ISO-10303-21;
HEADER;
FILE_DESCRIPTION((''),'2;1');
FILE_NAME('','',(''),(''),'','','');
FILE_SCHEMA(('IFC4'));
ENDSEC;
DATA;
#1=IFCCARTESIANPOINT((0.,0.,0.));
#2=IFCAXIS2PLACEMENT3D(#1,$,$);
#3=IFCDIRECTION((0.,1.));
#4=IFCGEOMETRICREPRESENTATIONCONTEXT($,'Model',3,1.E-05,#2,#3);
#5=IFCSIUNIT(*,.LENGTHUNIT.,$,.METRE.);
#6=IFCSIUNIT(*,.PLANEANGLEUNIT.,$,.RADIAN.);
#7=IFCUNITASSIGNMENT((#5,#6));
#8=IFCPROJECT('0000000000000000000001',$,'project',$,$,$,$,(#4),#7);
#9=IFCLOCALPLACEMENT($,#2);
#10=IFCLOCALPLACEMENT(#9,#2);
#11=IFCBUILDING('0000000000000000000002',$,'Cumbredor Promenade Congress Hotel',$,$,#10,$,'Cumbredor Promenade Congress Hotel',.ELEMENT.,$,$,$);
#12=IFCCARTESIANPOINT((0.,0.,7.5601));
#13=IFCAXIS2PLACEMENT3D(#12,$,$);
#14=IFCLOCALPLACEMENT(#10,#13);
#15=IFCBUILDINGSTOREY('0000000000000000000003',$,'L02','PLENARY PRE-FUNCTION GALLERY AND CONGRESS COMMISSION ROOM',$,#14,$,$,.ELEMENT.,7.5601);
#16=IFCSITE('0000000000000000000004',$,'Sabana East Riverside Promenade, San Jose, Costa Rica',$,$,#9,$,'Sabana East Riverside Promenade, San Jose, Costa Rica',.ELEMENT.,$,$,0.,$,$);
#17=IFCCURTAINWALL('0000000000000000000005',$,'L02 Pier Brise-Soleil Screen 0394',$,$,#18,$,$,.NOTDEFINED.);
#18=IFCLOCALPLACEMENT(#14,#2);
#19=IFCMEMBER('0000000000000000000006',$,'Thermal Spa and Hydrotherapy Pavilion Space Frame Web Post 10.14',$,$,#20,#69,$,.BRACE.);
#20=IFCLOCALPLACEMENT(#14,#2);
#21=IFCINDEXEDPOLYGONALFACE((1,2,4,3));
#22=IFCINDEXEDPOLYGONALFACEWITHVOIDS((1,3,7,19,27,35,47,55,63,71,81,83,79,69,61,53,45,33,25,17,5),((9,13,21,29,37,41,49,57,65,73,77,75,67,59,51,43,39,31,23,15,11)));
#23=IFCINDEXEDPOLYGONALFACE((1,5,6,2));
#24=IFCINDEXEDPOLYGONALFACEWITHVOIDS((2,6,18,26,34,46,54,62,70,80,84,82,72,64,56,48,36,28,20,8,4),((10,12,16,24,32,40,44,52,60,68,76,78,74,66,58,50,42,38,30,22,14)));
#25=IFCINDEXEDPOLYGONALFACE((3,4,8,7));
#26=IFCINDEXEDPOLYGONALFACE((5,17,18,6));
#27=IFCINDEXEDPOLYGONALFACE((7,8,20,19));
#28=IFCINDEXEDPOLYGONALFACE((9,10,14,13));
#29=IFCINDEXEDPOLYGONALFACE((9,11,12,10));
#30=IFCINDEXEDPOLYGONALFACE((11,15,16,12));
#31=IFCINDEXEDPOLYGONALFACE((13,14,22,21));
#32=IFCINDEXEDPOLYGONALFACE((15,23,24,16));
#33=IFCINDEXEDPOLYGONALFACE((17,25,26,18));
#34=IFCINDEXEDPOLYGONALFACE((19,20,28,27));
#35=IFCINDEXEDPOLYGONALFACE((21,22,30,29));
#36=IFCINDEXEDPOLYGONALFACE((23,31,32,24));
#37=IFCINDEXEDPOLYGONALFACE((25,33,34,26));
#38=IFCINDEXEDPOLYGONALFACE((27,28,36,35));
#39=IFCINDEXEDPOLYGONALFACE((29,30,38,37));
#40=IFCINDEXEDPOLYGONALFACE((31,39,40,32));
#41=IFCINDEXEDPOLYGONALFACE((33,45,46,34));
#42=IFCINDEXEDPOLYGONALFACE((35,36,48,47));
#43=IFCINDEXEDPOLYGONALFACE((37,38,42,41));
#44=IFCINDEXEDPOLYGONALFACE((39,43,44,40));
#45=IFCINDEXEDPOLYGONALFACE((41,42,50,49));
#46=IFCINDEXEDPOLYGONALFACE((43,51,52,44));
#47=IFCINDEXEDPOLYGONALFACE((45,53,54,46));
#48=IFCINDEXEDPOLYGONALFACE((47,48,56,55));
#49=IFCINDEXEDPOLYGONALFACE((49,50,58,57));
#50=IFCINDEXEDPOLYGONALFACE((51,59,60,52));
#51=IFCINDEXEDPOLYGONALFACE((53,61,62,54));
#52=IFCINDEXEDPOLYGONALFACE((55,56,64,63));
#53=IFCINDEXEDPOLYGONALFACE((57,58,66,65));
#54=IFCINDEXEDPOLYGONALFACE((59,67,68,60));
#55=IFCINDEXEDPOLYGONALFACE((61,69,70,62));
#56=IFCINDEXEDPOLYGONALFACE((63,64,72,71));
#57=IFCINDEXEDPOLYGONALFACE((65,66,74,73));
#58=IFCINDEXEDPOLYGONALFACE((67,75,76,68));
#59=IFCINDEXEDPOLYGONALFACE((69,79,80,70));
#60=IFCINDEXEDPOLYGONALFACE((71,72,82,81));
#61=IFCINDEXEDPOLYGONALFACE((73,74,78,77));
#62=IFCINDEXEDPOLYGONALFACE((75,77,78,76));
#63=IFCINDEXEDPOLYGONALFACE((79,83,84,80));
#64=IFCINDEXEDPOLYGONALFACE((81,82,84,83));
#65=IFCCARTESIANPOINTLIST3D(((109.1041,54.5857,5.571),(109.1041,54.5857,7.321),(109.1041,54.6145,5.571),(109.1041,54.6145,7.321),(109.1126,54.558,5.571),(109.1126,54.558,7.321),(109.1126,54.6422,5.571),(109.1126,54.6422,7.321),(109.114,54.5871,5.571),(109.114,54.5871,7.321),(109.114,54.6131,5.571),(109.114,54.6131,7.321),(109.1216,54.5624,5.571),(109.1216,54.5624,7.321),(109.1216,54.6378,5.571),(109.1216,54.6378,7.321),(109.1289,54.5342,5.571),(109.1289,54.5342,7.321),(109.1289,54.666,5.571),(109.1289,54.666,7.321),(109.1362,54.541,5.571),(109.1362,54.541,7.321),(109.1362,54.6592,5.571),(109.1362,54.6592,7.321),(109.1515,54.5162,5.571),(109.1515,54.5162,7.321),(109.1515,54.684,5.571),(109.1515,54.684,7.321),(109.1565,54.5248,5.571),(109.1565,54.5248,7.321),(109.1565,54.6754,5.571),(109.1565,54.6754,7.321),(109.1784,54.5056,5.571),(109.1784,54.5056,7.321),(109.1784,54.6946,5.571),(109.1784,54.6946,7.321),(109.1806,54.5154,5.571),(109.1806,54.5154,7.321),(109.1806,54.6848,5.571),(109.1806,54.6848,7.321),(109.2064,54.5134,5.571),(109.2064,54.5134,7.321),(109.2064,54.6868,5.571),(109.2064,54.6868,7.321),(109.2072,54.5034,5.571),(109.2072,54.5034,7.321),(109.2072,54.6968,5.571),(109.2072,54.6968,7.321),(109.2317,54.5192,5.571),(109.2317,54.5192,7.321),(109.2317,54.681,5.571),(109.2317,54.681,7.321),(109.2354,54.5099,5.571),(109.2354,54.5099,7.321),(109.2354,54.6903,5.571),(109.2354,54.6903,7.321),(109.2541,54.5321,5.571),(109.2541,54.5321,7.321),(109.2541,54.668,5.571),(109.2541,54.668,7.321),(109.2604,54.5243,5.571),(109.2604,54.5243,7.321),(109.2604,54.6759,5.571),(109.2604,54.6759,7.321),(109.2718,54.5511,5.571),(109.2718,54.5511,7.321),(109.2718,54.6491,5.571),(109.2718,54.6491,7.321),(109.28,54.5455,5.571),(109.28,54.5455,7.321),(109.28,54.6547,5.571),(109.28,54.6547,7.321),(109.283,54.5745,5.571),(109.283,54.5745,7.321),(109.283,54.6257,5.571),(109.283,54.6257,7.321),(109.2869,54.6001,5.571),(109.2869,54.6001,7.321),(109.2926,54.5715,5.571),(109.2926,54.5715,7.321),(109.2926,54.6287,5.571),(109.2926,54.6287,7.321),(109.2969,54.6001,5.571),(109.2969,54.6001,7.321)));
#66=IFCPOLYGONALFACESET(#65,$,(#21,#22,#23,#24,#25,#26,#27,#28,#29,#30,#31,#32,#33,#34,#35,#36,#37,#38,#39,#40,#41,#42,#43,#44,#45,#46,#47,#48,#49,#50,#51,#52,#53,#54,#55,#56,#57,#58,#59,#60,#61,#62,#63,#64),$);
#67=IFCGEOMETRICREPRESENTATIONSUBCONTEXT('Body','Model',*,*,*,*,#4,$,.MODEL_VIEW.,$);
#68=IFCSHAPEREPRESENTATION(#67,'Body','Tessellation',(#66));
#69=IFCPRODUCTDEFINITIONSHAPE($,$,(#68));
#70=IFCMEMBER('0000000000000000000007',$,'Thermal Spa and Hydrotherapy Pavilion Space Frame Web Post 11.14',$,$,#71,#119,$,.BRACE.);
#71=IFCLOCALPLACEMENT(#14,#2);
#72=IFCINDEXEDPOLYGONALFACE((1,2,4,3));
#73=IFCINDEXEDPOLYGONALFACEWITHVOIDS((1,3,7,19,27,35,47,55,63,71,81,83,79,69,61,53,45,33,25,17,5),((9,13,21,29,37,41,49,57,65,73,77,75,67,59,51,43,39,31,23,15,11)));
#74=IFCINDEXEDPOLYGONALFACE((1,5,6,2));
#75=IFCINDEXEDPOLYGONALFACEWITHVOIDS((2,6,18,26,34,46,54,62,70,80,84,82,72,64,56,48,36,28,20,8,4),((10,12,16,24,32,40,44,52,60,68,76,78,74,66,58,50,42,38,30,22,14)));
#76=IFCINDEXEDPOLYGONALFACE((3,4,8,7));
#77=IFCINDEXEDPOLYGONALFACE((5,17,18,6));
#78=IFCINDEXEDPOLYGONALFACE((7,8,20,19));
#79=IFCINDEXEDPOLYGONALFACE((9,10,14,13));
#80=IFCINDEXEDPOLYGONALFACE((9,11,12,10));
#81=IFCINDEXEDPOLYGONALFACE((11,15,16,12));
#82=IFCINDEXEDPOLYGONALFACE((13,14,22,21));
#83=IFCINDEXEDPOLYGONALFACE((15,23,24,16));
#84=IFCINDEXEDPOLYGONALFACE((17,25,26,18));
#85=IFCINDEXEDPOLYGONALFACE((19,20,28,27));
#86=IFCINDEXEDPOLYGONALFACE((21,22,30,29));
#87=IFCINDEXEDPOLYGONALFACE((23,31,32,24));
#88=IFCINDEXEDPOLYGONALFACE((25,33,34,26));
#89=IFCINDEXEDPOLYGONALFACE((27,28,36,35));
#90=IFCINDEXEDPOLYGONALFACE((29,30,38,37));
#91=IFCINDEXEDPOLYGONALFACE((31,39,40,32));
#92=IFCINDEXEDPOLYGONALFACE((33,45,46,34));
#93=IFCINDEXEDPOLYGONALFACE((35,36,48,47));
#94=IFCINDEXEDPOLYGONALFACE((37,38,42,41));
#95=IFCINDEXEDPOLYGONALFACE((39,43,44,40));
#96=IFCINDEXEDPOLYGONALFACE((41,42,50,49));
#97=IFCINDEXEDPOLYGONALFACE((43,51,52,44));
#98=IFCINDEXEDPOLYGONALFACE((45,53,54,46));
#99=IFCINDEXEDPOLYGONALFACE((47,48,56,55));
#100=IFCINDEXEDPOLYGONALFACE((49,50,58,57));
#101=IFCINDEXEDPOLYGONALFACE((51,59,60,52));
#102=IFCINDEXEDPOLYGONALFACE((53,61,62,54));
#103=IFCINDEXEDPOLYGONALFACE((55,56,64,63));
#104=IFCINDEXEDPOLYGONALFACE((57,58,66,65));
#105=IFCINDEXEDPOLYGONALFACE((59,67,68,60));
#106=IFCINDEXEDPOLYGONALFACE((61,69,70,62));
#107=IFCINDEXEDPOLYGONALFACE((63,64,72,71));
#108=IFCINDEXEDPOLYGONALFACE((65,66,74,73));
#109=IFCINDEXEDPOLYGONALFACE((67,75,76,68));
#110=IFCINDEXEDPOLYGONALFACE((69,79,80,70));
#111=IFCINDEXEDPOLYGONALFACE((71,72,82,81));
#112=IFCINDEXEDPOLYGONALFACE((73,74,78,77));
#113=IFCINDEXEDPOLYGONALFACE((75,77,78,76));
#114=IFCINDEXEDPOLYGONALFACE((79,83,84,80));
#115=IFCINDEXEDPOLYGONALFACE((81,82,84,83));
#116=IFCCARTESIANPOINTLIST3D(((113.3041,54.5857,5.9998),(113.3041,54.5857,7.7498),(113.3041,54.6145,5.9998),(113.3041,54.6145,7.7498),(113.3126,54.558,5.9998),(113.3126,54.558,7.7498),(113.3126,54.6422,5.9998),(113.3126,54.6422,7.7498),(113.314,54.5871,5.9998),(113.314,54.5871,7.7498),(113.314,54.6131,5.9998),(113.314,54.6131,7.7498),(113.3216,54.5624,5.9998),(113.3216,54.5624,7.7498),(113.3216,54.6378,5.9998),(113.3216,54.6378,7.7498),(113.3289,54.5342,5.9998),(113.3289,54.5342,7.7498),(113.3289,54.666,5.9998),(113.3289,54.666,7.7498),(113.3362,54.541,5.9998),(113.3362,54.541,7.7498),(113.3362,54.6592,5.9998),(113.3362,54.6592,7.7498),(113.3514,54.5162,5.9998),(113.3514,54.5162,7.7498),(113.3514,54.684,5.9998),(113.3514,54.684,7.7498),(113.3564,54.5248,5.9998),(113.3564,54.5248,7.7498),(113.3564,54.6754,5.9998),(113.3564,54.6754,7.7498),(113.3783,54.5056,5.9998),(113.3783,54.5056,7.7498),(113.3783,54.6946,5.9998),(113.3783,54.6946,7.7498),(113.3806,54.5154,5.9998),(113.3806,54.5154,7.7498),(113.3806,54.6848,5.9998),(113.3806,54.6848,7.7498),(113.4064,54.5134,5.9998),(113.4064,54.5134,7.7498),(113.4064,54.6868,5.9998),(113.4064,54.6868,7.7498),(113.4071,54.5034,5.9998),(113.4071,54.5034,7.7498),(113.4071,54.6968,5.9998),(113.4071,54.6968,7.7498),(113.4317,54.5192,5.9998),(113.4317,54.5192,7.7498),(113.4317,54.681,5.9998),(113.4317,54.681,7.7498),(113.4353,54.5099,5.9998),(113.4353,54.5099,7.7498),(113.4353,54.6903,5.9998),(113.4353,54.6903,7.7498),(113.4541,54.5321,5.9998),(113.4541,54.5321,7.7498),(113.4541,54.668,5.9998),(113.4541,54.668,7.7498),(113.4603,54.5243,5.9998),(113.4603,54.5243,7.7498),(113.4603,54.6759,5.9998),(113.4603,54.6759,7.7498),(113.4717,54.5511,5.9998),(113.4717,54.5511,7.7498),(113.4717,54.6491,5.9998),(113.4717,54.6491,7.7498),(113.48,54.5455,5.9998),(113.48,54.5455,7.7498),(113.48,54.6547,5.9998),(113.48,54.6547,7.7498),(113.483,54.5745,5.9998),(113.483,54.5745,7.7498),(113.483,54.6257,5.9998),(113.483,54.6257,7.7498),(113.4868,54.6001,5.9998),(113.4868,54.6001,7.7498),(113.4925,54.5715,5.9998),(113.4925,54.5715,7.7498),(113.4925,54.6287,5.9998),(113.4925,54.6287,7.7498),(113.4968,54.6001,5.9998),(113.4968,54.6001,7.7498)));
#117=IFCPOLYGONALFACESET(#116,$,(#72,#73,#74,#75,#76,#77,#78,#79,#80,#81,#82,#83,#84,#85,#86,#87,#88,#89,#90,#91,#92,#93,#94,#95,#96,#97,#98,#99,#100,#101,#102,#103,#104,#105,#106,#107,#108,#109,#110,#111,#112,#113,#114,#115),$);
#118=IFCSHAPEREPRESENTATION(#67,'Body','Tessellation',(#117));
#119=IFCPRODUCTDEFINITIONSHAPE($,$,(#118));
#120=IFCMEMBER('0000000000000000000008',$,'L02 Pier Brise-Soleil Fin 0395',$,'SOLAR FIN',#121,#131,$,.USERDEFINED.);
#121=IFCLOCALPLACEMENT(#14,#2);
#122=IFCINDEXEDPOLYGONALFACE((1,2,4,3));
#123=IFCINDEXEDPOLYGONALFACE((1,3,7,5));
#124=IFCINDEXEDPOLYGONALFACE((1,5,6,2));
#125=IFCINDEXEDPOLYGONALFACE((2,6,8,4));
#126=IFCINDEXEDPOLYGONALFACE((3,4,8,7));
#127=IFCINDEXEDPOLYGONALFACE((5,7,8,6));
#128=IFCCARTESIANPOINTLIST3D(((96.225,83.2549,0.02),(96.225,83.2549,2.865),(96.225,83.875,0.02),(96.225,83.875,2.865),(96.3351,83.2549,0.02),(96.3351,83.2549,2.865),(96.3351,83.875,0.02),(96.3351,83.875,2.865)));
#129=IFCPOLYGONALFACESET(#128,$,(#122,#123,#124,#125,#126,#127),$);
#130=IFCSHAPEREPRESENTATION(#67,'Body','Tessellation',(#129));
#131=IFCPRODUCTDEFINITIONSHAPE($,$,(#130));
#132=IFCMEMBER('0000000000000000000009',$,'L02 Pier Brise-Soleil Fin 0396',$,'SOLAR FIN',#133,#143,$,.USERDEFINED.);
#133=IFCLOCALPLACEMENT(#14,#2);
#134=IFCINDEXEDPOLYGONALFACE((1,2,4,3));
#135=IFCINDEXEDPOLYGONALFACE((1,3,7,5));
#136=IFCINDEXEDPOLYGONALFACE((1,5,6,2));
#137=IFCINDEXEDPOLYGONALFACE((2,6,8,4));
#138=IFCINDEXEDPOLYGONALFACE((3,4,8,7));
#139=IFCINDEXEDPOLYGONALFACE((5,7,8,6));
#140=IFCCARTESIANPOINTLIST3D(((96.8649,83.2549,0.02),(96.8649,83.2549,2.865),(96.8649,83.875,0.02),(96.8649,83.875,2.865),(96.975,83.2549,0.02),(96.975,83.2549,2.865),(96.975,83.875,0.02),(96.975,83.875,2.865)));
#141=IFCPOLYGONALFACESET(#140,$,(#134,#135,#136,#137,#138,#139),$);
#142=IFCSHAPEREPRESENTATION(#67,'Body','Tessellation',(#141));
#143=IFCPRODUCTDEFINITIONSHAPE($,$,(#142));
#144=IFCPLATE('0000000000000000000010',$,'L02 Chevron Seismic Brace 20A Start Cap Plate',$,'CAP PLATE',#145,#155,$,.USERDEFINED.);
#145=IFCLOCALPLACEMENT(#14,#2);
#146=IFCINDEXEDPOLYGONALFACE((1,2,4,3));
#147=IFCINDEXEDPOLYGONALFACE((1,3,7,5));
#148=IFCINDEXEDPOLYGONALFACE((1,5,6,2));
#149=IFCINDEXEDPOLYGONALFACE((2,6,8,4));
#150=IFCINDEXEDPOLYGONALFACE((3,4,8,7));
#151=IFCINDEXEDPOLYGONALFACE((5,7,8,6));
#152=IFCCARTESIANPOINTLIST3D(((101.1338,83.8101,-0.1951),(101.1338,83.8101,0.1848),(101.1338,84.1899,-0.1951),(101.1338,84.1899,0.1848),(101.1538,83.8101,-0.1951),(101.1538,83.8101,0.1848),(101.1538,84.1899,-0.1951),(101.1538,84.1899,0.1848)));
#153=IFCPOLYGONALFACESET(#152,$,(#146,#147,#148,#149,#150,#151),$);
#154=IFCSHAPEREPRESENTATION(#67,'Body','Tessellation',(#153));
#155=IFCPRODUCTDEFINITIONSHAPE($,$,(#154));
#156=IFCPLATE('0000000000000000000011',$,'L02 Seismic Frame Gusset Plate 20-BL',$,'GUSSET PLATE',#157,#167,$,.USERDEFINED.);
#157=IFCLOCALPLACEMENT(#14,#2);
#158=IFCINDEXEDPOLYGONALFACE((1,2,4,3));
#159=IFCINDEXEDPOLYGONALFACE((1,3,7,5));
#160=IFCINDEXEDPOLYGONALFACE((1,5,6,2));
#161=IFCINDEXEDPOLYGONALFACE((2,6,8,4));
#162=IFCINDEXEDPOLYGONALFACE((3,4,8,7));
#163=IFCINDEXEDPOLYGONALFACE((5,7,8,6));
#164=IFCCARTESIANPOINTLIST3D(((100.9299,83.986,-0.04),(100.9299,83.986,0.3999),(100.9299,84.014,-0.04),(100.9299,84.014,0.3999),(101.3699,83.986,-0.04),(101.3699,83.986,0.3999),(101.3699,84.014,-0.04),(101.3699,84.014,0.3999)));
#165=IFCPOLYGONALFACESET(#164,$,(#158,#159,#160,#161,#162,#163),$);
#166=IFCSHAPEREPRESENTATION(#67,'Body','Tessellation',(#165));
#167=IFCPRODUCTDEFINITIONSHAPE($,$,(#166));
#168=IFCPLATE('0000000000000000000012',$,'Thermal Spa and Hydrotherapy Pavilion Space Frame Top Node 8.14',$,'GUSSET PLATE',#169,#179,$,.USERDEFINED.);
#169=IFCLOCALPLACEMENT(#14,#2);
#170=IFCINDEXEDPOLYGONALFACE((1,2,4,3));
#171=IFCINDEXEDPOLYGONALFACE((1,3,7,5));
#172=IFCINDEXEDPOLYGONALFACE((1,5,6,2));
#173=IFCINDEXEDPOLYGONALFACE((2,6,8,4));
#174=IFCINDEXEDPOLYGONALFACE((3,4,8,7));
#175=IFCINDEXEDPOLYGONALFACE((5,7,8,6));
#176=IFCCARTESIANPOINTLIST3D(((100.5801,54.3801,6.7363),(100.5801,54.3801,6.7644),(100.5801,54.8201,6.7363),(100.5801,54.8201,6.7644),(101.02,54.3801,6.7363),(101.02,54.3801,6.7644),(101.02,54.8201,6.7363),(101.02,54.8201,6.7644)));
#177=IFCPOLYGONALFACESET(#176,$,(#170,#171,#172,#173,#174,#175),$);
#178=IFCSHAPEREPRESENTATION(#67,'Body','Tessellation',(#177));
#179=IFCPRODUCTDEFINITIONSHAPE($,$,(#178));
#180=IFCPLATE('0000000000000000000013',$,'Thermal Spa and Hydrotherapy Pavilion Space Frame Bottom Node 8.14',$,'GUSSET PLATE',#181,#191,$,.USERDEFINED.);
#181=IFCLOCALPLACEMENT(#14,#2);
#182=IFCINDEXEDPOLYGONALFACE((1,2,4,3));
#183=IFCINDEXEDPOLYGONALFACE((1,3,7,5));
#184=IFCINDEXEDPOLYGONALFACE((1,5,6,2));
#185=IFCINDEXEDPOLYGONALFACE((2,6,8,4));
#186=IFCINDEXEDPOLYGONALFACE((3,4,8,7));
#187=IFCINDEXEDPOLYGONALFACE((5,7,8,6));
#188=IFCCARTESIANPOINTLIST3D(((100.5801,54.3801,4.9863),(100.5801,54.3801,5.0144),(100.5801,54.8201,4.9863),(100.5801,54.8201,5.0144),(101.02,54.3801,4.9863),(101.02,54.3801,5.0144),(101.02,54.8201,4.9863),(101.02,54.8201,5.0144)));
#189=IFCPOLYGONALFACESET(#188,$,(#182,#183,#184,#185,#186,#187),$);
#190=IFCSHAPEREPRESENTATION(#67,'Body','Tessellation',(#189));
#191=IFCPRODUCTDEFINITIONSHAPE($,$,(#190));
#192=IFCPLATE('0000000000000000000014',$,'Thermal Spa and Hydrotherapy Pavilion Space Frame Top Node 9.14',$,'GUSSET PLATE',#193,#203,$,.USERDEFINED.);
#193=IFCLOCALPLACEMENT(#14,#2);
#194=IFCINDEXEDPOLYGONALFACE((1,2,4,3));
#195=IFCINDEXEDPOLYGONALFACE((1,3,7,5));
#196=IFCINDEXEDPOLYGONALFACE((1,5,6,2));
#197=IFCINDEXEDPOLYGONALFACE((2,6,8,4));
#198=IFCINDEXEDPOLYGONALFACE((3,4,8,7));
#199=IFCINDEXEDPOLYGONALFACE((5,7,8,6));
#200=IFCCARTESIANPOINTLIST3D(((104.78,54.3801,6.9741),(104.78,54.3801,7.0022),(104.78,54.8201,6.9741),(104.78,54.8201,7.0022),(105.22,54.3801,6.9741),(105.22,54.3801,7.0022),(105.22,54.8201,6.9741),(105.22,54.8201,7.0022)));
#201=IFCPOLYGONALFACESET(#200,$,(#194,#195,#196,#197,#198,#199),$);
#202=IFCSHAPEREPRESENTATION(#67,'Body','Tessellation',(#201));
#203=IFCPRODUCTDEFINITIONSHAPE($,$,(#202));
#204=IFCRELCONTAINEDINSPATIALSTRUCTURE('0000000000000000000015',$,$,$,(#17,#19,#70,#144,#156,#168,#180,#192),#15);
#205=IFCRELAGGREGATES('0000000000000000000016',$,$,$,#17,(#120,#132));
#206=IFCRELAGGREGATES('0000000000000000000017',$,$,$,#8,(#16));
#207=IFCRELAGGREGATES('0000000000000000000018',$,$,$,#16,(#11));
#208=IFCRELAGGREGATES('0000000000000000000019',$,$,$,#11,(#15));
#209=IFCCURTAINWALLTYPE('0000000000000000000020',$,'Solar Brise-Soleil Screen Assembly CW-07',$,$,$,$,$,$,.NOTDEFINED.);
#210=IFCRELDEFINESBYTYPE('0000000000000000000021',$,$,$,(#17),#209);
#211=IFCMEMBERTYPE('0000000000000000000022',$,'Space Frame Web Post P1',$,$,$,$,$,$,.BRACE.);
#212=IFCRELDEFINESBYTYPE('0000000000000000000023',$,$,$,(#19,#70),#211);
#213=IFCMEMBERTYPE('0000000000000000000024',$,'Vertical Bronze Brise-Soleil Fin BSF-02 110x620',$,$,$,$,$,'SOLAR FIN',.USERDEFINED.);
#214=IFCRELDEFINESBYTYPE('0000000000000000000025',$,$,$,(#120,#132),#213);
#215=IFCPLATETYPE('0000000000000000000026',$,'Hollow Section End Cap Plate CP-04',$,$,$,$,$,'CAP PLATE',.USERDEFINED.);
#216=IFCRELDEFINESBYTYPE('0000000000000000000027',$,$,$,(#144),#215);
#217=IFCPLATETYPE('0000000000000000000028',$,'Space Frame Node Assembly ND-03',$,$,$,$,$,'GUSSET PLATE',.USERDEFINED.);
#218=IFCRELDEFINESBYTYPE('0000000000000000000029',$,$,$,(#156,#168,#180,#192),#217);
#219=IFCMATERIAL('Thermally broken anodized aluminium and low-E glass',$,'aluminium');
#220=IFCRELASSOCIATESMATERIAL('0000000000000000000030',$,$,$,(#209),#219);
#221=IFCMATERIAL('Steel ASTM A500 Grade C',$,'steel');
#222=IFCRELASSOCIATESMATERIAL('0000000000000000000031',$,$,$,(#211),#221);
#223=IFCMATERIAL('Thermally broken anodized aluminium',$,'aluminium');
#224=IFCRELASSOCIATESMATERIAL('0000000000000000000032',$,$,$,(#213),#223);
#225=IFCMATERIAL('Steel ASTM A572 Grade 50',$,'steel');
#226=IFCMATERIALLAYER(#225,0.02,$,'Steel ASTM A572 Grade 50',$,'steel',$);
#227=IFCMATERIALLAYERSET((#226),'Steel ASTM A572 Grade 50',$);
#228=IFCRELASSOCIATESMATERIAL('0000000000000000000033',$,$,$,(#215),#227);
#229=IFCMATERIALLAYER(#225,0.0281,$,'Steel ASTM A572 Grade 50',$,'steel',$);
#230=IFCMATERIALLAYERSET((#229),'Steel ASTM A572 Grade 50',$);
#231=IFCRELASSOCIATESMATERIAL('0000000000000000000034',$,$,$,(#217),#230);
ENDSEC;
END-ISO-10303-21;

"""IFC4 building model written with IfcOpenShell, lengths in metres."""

from ifc_helpers import new_model, si_unit, direction, frame, origin, origin_2d, place, context, subcontext, project, spatial, rectangle, hollow_circle, extrude, material, layer, layer_set, material_profile, profile_set, type_object, element, aggregate, save


model = new_model("IFC4")

# Units and contexts
model_context = context("Model", 3, precision=1e-05, world=origin(), true_north=direction((0.0, 1.0)))
body_context = subcontext(model_context, "Body", "Model", "MODEL_VIEW")
ifc_project = project(units=[si_unit("LENGTHUNIT", "METRE"), si_unit("PLANEANGLEUNIT", "RADIAN")], contexts=[model_context])

# Site, building, storey
site_placement = place(None, origin())
site = spatial("IfcSite", under=ifc_project, at=site_placement, Name="Sabana East Riverside Promenade, San Jose, Costa Rica", LongName="Sabana East Riverside Promenade, San Jose, Costa Rica", CompositionType="ELEMENT", RefElevation=0.0)
building_placement = place(site_placement, origin())
building = spatial("IfcBuilding", under=site, at=building_placement, Name="Cumbredor Promenade Congress Hotel", LongName="Cumbredor Promenade Congress Hotel", CompositionType="ELEMENT")
storey_placement = place(building_placement, frame((0.0, 0.0, 7.5601)))
storey = spatial("IfcBuildingStorey", under=building, at=storey_placement, Name="L02", Description="PLENARY PRE-FUNCTION GALLERY AND CONGRESS COMMISSION ROOM", CompositionType="ELEMENT", Elevation=7.5601)

# Curtain wall
ifc_material_1 = material(Name="Thermally broken anodized aluminium and low-E glass", Category="aluminium")
curtain_wall_type = type_object("IfcCurtainWallType", Name="Solar Brise-Soleil Screen Assembly CW-07", PredefinedType="NOTDEFINED", material=ifc_material_1)
curtain_wall_placement = place(storey_placement, origin())
curtain_wall = element("IfcCurtainWall", 1, at=curtain_wall_placement, inside=storey, type_object=curtain_wall_type, Name="L02 Pier Brise-Soleil Screen 0394", PredefinedType="NOTDEFINED")
ifc_material_2 = material(Name="Thermally broken anodized aluminium", Category="aluminium")

# Members
ifc_material_3 = material(Name="Steel ASTM A500 Grade C", Category="steel")
ifc_material_profile_1 = material_profile(ifc_material_3, hollow_circle(Radius=0.0969, WallThickness=0.01, at=origin_2d()), Name="CHS 193.7x10")
ifc_profile_set_1 = profile_set([ifc_material_profile_1], Name="Steel ASTM A500 Grade C")
member_type_1 = type_object("IfcMemberType", Name="Space Frame Web Post P1", PredefinedType="BRACE", material=ifc_profile_set_1)
for number, where, z_axis, x_axis, name in (
    (2, (109.2, 54.6001, 5.571), (0.0, 0.0, 1.0), (1.0, 0.0, 0.0), "Thermal Spa and Hydrotherapy Pavilion Space Frame Web Post 10.14"),
    (3, (113.3999, 54.6001, 5.9998), (0.0, 0.0, 1.0), (1.0, 0.0, 0.0), "Thermal Spa and Hydrotherapy Pavilion Space Frame Web Post 11.14"),
):
    element("IfcMember", number, at=place(storey_placement, frame(where, z_axis=z_axis, x_axis=x_axis)), inside=storey, type_object=member_type_1, Name=name, PredefinedType="BRACE", context=body_context, shape_type="SweptSolid", body=[
        extrude(hollow_circle(Radius=0.0969, WallThickness=0.01, at=origin_2d()), origin(), (0.0, 0.0, 1.0), 1.75),
    ])

# Members
ifc_material_profile_2 = material_profile(ifc_material_2, rectangle(XDim=0.1101, YDim=0.6201, at=origin_2d()), Name="ARCH FIN 110x620")
ifc_profile_set_2 = profile_set([ifc_material_profile_2], Name="Thermally broken anodized aluminium")
member_type_2 = type_object("IfcMemberType", Name="Vertical Bronze Brise-Soleil Fin BSF-02 110x620", ElementType="SOLAR FIN", PredefinedType="USERDEFINED", material=ifc_profile_set_2)
member_1_placement = place(storey_placement, frame((96.28, 83.5649, 0.02), z_axis=(0.0, 0.0, 1.0), x_axis=(1.0, 0.0, 0.0)))
member_1 = element("IfcMember", 4, at=member_1_placement, type_object=member_type_2, Name="L02 Pier Brise-Soleil Fin 0395", ObjectType="SOLAR FIN", PredefinedType="USERDEFINED", context=body_context, shape_type="SweptSolid", body=[
    extrude(rectangle(XDim=0.1101, YDim=0.6201, at=origin_2d()), origin(), (0.0, 0.0, 1.0), 2.845),
])
member_2_placement = place(storey_placement, frame((96.9199, 83.5649, 0.02), z_axis=(0.0, 0.0, 1.0), x_axis=(1.0, 0.0, 0.0)))
member_2 = element("IfcMember", 5, at=member_2_placement, type_object=member_type_2, Name="L02 Pier Brise-Soleil Fin 0396", ObjectType="SOLAR FIN", PredefinedType="USERDEFINED", context=body_context, shape_type="SweptSolid", body=[
    extrude(rectangle(XDim=0.1101, YDim=0.6201, at=origin_2d()), origin(), (0.0, 0.0, 1.0), 2.845),
])
aggregate(curtain_wall, [member_1, member_2])

# Plates
ifc_material_4 = material(Name="Steel ASTM A572 Grade 50", Category="steel")
ifc_layer_1 = layer(ifc_material_4, 0.02, Name="Steel ASTM A572 Grade 50", Category="steel")
ifc_layer_set_1 = layer_set([ifc_layer_1], Name="Steel ASTM A572 Grade 50")
plate_type_1 = type_object("IfcPlateType", Name="Hollow Section End Cap Plate CP-04", ElementType="CAP PLATE", PredefinedType="USERDEFINED", material=ifc_layer_set_1)
plate_1_placement = place(storey_placement, frame((101.1438, 84.0, -0.1951), z_axis=(0.0, 0.0, 1.0), x_axis=(1.0, 0.0, 0.0)))
element("IfcPlate", 6, at=plate_1_placement, inside=storey, type_object=plate_type_1, Name="L02 Chevron Seismic Brace 20A Start Cap Plate", ObjectType="CAP PLATE", PredefinedType="USERDEFINED", context=body_context, shape_type="SweptSolid", body=[
    extrude(rectangle(XDim=0.02, YDim=0.3799, at=origin_2d()), origin(), (0.0, 0.0, 1.0), 0.3799),
])
ifc_layer_2 = layer(ifc_material_4, 0.0281, Name="Steel ASTM A572 Grade 50", Category="steel")
ifc_layer_set_2 = layer_set([ifc_layer_2], Name="Steel ASTM A572 Grade 50")
plate_type_2 = type_object("IfcPlateType", Name="Space Frame Node Assembly ND-03", ElementType="GUSSET PLATE", PredefinedType="USERDEFINED", material=ifc_layer_set_2)
plate_2_placement = place(storey_placement, frame((101.1499, 84.0, -0.04), z_axis=(0.0, 0.0, 1.0), x_axis=(1.0, 0.0, 0.0)))
element("IfcPlate", 7, at=plate_2_placement, inside=storey, type_object=plate_type_2, Name="L02 Seismic Frame Gusset Plate 20-BL", ObjectType="GUSSET PLATE", PredefinedType="USERDEFINED", context=body_context, shape_type="SweptSolid", body=[
    extrude(rectangle(XDim=0.4399, YDim=0.0281, at=origin_2d()), origin(), (0.0, 0.0, 1.0), 0.4399),
])
for number, where, z_axis, x_axis, name in (
    (8, (100.8, 54.6001, 6.7363), (0.0, 0.0, 1.0), (1.0, 0.0, 0.0), "Thermal Spa and Hydrotherapy Pavilion Space Frame Top Node 8.14"),
    (9, (100.8, 54.6001, 4.9863), (0.0, 0.0, 1.0), (1.0, 0.0, 0.0), "Thermal Spa and Hydrotherapy Pavilion Space Frame Bottom Node 8.14"),
    (10, (105.0, 54.6001, 6.9741), (0.0, 0.0, 1.0), (1.0, 0.0, 0.0), "Thermal Spa and Hydrotherapy Pavilion Space Frame Top Node 9.14"),
):
    element("IfcPlate", number, at=place(storey_placement, frame(where, z_axis=z_axis, x_axis=x_axis)), inside=storey, type_object=plate_type_2, Name=name, ObjectType="GUSSET PLATE", PredefinedType="USERDEFINED", context=body_context, shape_type="SweptSolid", body=[
        extrude(rectangle(XDim=0.4399, YDim=0.4399, at=origin_2d()), origin(), (0.0, 0.0, 1.0), 0.0281),
    ])

save(model, "model.ifc")
